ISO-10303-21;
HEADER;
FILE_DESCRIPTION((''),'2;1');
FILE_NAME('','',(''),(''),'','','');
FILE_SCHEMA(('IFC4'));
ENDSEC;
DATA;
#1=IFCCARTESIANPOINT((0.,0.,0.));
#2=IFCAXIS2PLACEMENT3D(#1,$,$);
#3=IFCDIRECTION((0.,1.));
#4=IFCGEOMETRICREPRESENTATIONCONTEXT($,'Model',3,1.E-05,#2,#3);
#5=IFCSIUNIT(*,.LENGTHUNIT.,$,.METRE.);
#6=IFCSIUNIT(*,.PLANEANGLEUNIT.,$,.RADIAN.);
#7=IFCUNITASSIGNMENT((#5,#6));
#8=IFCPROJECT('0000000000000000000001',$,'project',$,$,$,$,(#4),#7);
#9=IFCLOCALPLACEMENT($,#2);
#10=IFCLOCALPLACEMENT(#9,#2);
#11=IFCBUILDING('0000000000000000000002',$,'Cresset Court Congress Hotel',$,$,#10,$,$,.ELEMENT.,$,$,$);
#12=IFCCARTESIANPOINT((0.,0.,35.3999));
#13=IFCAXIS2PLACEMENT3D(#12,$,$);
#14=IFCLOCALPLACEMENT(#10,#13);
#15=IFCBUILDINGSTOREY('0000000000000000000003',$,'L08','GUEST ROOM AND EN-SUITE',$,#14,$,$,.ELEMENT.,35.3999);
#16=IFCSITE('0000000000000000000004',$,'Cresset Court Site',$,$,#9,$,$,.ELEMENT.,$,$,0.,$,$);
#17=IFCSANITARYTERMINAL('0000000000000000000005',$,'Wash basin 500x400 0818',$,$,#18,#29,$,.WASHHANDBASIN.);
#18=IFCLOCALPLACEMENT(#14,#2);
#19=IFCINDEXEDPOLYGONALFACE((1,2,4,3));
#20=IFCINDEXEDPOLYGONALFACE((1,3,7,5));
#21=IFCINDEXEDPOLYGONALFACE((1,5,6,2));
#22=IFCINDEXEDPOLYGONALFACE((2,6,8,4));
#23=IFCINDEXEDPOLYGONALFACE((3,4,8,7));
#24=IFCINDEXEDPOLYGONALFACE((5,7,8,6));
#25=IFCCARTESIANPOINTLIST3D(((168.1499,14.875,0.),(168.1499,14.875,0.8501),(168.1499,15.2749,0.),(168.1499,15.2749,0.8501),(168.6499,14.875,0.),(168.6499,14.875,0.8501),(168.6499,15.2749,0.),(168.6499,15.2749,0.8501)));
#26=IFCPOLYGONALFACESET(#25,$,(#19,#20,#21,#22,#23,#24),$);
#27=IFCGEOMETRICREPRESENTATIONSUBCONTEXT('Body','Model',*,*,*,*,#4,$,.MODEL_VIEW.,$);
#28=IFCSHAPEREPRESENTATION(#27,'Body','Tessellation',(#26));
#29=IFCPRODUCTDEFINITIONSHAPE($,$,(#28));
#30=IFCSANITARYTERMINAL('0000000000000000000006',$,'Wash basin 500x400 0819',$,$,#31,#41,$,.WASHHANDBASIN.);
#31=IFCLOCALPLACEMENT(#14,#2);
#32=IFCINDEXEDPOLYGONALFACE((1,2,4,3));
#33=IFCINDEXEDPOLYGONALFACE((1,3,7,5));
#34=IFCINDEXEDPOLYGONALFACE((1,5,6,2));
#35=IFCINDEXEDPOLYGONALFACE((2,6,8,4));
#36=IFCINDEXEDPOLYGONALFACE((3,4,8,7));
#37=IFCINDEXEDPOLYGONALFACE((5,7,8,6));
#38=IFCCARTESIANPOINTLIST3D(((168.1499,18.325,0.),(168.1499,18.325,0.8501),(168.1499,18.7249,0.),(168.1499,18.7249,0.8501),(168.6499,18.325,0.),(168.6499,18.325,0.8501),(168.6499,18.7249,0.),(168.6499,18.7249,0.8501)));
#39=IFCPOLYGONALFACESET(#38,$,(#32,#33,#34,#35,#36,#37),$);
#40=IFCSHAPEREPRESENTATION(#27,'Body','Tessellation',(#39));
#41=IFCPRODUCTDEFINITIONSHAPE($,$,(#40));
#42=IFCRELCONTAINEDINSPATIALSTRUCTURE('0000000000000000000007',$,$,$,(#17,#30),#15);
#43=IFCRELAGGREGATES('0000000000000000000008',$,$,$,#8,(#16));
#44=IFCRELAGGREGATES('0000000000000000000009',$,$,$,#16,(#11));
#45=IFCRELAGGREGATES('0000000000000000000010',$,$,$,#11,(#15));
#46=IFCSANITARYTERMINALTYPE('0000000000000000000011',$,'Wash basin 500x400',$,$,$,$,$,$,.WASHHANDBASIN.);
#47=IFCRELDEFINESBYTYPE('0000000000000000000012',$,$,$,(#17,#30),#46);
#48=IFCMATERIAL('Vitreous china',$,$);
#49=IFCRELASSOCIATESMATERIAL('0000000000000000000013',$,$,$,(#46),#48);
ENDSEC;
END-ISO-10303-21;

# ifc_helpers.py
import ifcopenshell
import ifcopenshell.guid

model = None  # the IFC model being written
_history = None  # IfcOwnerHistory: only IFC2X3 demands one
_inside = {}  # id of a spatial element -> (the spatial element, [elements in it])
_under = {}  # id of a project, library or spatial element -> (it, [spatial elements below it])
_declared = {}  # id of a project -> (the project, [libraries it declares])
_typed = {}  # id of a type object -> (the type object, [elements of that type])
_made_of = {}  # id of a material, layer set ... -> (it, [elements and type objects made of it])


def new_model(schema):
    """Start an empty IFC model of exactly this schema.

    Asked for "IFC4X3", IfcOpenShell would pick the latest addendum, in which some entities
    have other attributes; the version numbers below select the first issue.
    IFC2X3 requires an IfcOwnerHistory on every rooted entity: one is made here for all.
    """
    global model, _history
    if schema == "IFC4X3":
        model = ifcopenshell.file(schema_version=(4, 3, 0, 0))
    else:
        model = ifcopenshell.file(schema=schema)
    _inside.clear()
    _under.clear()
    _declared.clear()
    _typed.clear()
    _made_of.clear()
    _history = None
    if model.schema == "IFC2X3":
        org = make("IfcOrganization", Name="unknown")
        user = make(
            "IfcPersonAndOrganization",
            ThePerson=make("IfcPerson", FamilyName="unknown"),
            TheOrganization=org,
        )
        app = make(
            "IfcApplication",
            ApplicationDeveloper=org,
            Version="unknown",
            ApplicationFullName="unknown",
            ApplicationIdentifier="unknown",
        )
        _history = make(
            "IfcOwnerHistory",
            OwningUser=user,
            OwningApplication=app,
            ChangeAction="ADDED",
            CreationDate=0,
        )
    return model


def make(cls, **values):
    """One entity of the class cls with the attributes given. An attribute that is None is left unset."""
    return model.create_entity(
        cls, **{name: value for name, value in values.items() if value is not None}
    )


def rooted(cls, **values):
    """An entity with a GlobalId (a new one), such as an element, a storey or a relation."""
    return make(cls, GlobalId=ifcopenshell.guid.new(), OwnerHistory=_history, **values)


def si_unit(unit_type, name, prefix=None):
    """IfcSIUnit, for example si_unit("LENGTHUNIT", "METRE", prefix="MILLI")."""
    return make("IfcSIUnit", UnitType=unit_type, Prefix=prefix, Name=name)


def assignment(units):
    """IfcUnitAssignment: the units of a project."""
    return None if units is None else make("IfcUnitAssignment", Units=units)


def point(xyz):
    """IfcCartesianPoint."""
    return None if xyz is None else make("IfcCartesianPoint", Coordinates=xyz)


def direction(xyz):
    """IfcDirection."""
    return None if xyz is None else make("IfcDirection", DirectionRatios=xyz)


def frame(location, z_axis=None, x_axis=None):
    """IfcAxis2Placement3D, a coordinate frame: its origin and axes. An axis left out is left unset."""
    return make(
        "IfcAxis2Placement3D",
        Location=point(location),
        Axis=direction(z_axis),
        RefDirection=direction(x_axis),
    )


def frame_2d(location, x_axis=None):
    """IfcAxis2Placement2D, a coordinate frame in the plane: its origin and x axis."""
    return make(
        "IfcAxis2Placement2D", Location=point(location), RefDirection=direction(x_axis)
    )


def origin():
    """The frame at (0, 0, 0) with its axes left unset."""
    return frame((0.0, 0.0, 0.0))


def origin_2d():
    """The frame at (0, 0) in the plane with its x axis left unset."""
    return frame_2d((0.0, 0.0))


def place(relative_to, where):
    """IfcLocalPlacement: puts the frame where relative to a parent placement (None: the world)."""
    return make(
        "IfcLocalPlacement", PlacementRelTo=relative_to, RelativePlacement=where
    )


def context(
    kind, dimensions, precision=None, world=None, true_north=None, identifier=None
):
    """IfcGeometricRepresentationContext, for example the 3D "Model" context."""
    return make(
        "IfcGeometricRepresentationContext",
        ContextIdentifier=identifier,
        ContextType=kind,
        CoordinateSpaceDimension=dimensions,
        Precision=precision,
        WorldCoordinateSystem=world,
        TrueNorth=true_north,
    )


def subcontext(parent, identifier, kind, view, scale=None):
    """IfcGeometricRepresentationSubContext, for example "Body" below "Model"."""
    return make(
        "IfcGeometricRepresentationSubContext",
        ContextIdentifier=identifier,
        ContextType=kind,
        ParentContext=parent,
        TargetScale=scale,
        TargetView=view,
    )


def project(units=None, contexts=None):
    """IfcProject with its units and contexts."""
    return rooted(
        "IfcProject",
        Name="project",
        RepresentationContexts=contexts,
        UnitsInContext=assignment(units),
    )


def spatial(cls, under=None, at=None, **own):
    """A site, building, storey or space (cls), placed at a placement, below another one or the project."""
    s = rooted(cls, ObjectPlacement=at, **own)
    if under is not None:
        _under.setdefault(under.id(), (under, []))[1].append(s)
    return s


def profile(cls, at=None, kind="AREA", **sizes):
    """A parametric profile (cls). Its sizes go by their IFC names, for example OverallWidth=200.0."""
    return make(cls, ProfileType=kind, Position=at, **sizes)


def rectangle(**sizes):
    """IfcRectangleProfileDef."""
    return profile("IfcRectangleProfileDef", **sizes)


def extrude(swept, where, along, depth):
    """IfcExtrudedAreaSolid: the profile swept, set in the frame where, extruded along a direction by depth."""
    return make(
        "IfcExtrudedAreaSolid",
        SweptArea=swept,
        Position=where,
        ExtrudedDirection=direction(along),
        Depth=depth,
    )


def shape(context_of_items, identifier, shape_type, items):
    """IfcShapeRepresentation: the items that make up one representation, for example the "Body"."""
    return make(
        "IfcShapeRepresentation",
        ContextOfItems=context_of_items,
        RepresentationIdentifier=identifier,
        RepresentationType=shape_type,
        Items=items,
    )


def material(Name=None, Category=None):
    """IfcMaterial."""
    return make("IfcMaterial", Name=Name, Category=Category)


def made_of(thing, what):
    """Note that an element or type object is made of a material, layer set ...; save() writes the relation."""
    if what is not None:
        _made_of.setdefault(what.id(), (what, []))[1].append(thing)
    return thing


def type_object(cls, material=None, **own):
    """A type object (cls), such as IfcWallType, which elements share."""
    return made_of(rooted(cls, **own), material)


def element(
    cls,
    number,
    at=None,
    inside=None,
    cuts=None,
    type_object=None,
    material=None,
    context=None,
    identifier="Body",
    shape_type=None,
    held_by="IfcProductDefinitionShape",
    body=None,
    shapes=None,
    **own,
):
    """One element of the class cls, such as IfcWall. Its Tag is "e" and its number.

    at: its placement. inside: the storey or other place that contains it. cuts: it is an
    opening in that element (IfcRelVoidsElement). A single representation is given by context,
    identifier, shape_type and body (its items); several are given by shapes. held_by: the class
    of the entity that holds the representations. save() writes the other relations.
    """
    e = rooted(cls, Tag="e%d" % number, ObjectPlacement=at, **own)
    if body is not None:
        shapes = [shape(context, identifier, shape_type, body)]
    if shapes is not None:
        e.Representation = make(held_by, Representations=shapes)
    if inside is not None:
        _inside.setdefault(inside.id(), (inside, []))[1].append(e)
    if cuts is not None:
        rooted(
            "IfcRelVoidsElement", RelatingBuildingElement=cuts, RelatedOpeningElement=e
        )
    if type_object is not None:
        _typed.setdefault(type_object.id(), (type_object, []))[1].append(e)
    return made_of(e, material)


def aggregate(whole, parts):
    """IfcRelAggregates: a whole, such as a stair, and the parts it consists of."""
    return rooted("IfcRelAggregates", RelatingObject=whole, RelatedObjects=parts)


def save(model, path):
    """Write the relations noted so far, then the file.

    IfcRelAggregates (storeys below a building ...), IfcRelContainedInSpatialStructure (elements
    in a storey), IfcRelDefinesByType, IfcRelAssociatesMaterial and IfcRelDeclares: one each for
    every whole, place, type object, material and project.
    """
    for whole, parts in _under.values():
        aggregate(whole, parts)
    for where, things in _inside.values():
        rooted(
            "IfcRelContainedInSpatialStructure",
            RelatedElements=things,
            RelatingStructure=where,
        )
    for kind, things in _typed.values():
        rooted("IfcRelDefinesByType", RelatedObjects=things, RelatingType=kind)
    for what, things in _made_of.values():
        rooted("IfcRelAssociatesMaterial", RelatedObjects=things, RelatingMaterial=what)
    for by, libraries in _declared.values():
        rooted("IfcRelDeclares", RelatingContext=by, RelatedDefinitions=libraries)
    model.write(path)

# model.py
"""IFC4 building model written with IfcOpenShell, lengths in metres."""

from ifc_helpers import new_model, si_unit, direction, frame, origin, origin_2d, place, context, subcontext, project, spatial, rectangle, extrude, material, type_object, element, save


model = new_model("IFC4")

# Units and contexts
model_context = context("Model", 3, precision=1e-05, world=origin(), true_north=direction((0.0, 1.0)))
body_context = subcontext(model_context, "Body", "Model", "MODEL_VIEW")
ifc_project = project(units=[si_unit("LENGTHUNIT", "METRE"), si_unit("PLANEANGLEUNIT", "RADIAN")], contexts=[model_context])

# Site, building, storey
site_placement = place(None, origin())
site = spatial("IfcSite", under=ifc_project, at=site_placement, Name="Cresset Court Site", CompositionType="ELEMENT", RefElevation=0.0)
building_placement = place(site_placement, origin())
building = spatial("IfcBuilding", under=site, at=building_placement, Name="Cresset Court Congress Hotel", CompositionType="ELEMENT")
storey_placement = place(building_placement, frame((0.0, 0.0, 35.3999)))
storey = spatial("IfcBuildingStorey", under=building, at=storey_placement, Name="L08", Description="GUEST ROOM AND EN-SUITE", CompositionType="ELEMENT", Elevation=35.3999)

# Sanitary terminals
ifc_material_1 = material(Name="Vitreous china")
sanitary_terminal_type_1 = type_object("IfcSanitaryTerminalType", Name="Wash basin 500x400", PredefinedType="WASHHANDBASIN", material=ifc_material_1)
for number, where, z_axis, x_axis, name in (
    (1, (168.3999, 15.075, 0.0), (0.0, 0.0, 1.0), (1.0, 0.0, 0.0), "Wash basin 500x400 0818"),
    (2, (168.3999, 18.5249, 0.0), (0.0, 0.0, 1.0), (1.0, 0.0, 0.0), "Wash basin 500x400 0819"),
):
    element("IfcSanitaryTerminal", number, at=place(storey_placement, frame(where, z_axis=z_axis, x_axis=x_axis)), inside=storey, type_object=sanitary_terminal_type_1, Name=name, PredefinedType="WASHHANDBASIN", context=body_context, shape_type="SweptSolid", body=[
        extrude(rectangle(XDim=0.5, YDim=0.3999, at=origin_2d()), origin(), (0.0, 0.0, 1.0), 0.8501),
    ])

save(model, "model.ifc")
